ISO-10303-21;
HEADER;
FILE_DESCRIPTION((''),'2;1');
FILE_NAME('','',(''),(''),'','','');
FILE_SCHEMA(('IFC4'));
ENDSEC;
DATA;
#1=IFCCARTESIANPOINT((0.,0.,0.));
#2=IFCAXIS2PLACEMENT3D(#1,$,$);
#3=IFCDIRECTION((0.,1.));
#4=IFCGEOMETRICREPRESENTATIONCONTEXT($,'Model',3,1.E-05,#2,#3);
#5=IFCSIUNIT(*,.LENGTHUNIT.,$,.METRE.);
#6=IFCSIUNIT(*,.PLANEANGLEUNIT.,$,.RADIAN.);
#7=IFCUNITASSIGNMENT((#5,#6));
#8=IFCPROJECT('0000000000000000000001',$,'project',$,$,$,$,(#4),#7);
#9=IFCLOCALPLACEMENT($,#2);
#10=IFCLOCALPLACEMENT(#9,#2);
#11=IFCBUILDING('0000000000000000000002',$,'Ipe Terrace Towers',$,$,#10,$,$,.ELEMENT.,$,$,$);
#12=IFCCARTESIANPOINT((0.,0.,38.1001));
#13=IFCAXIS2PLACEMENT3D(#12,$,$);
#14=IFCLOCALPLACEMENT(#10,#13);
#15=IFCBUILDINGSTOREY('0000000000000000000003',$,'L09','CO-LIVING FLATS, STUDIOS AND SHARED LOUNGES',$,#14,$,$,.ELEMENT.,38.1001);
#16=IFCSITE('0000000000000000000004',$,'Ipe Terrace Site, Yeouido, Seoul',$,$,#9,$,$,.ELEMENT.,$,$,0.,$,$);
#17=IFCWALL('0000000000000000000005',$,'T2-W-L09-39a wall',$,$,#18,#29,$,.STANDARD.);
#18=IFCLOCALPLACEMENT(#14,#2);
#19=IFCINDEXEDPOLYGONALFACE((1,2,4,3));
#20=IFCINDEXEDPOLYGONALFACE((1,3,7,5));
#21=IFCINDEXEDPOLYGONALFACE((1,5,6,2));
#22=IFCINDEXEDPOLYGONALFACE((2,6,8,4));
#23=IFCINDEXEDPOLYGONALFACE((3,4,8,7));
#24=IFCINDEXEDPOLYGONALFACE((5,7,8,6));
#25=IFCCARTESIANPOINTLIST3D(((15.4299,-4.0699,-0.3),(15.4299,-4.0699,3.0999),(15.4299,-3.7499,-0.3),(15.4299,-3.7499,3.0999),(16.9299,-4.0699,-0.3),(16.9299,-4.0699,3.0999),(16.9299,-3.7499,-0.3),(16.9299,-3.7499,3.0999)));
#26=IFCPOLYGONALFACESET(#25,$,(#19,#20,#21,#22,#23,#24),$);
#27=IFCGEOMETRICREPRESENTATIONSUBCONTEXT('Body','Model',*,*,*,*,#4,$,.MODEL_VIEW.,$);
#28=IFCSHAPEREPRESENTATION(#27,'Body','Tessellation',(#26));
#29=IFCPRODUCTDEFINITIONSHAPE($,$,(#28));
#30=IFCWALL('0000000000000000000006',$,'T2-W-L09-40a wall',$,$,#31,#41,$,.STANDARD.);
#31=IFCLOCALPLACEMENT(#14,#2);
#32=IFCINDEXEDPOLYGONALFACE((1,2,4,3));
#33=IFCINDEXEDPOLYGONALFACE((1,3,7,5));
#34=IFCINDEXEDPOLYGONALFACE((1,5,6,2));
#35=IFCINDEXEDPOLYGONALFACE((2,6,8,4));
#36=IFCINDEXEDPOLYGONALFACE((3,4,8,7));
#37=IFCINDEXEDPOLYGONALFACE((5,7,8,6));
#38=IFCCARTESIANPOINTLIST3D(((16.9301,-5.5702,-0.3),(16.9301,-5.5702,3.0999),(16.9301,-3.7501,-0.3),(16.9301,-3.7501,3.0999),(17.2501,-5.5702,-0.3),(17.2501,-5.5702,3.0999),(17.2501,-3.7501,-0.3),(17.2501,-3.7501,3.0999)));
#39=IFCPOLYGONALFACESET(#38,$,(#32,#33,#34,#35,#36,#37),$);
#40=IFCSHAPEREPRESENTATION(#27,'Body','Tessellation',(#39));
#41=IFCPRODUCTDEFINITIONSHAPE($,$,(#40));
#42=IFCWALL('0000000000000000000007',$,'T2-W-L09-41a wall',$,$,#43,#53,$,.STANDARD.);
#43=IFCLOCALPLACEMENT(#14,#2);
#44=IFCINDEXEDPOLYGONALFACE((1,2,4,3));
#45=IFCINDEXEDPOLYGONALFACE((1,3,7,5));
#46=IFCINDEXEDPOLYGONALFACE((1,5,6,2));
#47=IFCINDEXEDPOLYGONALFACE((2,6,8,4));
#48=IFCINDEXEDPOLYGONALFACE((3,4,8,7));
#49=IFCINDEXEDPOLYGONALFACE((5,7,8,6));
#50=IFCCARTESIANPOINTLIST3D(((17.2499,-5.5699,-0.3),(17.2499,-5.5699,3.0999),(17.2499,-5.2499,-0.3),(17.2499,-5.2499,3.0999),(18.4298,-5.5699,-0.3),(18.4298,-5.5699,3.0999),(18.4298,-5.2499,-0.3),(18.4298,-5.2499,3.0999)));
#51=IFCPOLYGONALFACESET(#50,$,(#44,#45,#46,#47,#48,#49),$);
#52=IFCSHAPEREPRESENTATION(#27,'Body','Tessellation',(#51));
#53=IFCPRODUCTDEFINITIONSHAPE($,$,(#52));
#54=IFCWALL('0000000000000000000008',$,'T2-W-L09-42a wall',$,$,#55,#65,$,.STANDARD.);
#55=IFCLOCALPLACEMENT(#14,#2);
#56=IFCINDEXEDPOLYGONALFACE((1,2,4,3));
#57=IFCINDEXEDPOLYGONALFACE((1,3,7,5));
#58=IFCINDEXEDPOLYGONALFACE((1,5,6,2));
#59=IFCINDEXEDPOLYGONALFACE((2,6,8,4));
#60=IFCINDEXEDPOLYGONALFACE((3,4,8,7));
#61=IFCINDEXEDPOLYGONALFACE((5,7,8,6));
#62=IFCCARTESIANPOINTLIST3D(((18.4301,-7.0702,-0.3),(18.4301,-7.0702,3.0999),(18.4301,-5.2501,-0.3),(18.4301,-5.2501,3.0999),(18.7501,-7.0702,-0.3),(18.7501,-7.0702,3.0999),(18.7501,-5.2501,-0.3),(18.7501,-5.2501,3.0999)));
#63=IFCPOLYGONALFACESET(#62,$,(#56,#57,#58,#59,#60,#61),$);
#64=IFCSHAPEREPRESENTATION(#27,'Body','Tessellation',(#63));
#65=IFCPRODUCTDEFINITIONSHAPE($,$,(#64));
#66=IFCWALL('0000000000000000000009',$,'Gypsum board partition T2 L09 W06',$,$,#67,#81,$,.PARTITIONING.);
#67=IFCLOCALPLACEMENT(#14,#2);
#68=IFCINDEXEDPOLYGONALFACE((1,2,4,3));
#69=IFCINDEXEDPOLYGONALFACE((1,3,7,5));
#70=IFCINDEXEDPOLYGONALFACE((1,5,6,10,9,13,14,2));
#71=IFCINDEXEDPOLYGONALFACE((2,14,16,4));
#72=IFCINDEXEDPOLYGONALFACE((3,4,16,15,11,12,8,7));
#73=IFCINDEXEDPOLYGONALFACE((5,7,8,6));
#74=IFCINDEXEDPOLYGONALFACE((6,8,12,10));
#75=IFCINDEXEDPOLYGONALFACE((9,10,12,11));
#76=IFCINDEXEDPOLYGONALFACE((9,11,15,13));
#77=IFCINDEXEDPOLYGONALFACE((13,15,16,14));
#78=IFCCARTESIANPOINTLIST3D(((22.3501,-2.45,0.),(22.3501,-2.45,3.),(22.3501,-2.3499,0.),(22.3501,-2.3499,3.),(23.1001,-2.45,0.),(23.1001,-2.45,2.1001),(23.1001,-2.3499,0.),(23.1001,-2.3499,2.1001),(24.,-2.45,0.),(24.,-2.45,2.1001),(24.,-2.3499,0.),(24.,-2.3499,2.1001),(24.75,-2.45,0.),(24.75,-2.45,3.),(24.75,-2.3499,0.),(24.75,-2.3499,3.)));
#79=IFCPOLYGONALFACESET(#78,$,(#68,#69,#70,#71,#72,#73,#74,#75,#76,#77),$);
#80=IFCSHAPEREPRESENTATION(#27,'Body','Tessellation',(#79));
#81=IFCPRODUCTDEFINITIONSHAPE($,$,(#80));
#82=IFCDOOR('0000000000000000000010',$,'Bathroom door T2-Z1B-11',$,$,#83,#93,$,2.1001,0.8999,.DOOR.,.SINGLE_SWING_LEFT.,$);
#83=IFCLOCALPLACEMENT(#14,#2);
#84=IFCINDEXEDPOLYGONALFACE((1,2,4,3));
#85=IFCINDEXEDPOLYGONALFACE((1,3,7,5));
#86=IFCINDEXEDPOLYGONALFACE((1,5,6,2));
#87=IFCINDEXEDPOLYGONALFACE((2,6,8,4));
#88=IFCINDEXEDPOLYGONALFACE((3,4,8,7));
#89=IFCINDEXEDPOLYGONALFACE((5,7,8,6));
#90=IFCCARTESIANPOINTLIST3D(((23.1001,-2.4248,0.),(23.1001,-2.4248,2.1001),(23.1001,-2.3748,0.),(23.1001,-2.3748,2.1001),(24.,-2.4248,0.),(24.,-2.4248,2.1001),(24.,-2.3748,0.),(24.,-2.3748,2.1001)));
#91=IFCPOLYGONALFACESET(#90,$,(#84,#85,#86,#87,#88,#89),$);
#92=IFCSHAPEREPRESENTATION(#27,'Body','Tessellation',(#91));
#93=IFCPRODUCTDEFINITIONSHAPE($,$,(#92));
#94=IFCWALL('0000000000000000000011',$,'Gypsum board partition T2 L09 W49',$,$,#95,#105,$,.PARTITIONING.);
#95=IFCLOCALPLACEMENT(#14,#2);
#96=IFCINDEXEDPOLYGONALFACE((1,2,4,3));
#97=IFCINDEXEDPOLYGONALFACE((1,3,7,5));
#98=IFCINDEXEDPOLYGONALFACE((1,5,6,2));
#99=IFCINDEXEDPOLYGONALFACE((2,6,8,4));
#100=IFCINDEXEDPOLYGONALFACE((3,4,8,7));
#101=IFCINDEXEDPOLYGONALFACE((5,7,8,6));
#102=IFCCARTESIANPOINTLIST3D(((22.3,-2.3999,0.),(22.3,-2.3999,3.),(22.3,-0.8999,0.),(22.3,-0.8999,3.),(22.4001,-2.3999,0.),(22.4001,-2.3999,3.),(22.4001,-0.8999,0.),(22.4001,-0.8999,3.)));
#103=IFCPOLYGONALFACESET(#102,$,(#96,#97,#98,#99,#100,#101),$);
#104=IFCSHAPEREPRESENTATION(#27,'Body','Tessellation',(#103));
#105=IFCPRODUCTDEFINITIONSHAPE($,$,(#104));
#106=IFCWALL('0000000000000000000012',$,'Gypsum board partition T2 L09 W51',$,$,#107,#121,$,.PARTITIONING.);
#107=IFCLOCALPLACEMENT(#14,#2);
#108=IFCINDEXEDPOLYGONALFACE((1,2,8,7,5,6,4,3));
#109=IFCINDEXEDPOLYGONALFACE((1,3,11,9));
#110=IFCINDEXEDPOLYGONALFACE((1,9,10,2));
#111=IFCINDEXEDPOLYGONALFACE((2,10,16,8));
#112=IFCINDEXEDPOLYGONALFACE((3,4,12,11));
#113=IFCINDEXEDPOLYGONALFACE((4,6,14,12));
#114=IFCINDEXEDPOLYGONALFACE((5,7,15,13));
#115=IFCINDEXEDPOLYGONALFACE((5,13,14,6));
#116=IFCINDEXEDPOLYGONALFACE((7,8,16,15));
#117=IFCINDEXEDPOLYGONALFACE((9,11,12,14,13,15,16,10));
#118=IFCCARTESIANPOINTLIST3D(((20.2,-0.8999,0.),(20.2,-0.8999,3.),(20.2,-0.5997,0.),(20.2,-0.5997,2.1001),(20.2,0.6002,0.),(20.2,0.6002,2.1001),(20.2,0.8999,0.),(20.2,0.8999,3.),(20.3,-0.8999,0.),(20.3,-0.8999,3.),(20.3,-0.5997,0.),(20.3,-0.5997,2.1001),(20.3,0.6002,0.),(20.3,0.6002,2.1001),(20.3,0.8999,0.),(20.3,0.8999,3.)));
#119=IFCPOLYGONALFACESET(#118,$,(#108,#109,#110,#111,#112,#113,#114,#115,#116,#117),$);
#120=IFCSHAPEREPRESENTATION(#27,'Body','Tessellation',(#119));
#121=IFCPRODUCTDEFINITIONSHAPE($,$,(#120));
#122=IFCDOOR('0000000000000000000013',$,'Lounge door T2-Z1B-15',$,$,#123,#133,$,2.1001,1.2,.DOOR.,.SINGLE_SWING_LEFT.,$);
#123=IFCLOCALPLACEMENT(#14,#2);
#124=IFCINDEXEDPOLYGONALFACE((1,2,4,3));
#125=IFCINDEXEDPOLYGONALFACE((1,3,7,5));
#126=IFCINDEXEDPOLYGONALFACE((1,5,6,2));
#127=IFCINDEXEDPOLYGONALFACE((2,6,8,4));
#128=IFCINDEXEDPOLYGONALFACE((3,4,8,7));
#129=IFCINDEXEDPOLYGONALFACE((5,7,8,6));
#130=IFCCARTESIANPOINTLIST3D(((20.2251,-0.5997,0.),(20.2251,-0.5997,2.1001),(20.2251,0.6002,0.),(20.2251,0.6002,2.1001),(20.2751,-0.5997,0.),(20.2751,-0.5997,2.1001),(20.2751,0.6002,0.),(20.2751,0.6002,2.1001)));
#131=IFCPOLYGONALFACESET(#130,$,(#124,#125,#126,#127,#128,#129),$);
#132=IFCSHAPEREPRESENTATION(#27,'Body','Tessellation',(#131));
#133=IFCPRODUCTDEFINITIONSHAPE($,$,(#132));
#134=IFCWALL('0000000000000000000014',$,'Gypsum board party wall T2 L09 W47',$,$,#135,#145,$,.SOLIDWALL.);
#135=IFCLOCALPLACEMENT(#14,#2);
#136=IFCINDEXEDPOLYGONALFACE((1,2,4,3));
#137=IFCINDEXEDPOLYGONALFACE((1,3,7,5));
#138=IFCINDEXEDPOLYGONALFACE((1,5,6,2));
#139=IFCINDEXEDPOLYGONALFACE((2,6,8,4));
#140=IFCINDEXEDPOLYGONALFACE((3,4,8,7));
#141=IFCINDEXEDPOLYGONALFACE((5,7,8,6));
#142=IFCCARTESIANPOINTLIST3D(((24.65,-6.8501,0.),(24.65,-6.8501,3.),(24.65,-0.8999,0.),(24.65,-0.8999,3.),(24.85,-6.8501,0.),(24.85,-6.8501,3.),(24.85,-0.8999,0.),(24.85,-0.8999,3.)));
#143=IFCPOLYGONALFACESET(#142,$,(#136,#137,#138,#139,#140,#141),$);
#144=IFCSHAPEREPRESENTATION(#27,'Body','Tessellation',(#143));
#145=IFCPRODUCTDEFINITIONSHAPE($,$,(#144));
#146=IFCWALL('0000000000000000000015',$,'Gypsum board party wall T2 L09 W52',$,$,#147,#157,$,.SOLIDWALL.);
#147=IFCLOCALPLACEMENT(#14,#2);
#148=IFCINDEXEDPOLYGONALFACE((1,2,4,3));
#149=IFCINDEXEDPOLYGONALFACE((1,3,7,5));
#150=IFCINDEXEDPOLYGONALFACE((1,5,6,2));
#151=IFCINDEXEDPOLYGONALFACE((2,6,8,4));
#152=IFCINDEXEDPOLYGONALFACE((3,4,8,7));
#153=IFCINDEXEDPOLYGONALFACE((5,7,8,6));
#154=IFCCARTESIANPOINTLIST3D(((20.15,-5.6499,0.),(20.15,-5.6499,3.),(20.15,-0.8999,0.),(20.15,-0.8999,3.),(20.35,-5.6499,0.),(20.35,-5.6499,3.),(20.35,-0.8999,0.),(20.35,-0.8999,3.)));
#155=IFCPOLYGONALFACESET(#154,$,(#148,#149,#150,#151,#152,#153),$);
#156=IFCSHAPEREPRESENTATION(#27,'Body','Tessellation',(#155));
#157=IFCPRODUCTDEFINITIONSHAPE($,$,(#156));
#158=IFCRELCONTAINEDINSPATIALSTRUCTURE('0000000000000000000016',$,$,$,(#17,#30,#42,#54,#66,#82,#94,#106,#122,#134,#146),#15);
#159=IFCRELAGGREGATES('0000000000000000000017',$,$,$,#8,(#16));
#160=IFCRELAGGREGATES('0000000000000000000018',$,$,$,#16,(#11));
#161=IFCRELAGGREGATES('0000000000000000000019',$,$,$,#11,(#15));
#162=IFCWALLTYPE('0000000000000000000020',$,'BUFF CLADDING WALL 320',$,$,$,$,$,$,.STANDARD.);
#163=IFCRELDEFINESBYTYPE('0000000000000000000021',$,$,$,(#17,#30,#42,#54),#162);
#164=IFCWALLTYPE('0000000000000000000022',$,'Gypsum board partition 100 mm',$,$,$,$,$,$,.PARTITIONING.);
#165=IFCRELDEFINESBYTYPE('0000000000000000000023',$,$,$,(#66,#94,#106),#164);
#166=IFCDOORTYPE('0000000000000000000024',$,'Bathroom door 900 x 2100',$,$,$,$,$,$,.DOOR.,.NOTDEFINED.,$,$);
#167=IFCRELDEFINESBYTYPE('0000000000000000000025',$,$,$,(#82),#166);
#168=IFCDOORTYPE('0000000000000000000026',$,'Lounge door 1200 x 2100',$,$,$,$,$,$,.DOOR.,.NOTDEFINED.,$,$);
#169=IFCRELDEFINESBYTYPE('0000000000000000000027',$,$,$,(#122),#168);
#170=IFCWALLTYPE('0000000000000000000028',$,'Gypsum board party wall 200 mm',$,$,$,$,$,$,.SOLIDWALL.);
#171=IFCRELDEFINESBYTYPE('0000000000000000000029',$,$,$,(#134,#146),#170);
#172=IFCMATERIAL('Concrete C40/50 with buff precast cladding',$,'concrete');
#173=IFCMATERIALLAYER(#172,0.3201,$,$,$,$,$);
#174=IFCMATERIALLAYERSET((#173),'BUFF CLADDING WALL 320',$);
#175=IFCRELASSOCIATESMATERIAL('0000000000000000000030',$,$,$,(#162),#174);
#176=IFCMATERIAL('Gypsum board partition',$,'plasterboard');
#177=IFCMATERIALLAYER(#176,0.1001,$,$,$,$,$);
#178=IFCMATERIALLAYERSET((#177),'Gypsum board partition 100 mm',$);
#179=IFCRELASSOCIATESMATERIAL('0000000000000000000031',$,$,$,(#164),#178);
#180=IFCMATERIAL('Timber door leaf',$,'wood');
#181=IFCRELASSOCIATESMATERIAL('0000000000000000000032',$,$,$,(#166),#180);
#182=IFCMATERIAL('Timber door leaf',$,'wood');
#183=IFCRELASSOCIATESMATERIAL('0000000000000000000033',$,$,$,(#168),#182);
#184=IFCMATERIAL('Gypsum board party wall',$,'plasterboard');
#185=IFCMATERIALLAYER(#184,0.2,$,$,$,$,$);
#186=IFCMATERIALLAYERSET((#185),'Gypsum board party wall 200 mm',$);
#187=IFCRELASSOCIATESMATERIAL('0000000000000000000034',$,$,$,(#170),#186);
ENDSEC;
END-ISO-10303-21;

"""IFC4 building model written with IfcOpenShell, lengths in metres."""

from ifc_helpers import new_model, si_unit, direction, frame, frame_2d, origin, place, context, subcontext, project, spatial, rectangle, extrude, material, layer, layer_set, type_object, element, fill, save


model = new_model("IFC4")

# Units and contexts
model_context = context("Model", 3, precision=1e-05, world=origin(), true_north=direction((0.0, 1.0)))
body_context = subcontext(model_context, "Body", "Model", "MODEL_VIEW")
ifc_project = project(units=[si_unit("LENGTHUNIT", "METRE"), si_unit("PLANEANGLEUNIT", "RADIAN")], contexts=[model_context])

# Site, building, storey
site_placement = place(None, origin())
site = spatial("IfcSite", under=ifc_project, at=site_placement, Name="Ipe Terrace Site, Yeouido, Seoul", CompositionType="ELEMENT", RefElevation=0.0)
building_placement = place(site_placement, origin())
building = spatial("IfcBuilding", under=site, at=building_placement, Name="Ipe Terrace Towers", CompositionType="ELEMENT")
storey_placement = place(building_placement, frame((0.0, 0.0, 38.1001)))
storey = spatial("IfcBuildingStorey", under=building, at=storey_placement, Name="L09", Description="CO-LIVING FLATS, STUDIOS AND SHARED LOUNGES", CompositionType="ELEMENT", Elevation=38.1001)

# Walls
ifc_material_1 = material(Name="Concrete C40/50 with buff precast cladding", Category="concrete")
ifc_layer_1 = layer(ifc_material_1, 0.3201)
ifc_layer_set_1 = layer_set([ifc_layer_1], Name="BUFF CLADDING WALL 320")
wall_type_1 = type_object("IfcWallType", Name="BUFF CLADDING WALL 320", PredefinedType="STANDARD", material=ifc_layer_set_1)
wall_1_placement = place(storey_placement, frame((15.4299, -3.9099, -0.3), z_axis=(0.0, 0.0, 1.0), x_axis=(1.0, 0.0, 0.0)))
element("IfcWall", 1, at=wall_1_placement, inside=storey, type_object=wall_type_1, Name="T2-W-L09-39a wall", PredefinedType="STANDARD", context=body_context, shape_type="SweptSolid", body=[
    extrude(rectangle(XDim=1.5, YDim=0.3201, at=frame_2d((0.75, 0.0))), origin(), (0.0, 0.0, 1.0), 3.3999),
])
wall_2_placement = place(storey_placement, frame((17.0901, -3.75, -0.3), z_axis=(0.0, 0.0, 1.0), x_axis=(0.0, -1.0, 0.0)))
element("IfcWall", 2, at=wall_2_placement, inside=storey, type_object=wall_type_1, Name="T2-W-L09-40a wall", PredefinedType="STANDARD", context=body_context, shape_type="SweptSolid", body=[
    extrude(rectangle(XDim=1.8201, YDim=0.3201, at=frame_2d((0.9102, 0.0))), origin(), (0.0, 0.0, 1.0), 3.3999),
])
wall_3_placement = place(storey_placement, frame((17.25, -5.4099, -0.3), z_axis=(0.0, 0.0, 1.0), x_axis=(1.0, 0.0, 0.0)))
element("IfcWall", 3, at=wall_3_placement, inside=storey, type_object=wall_type_1, Name="T2-W-L09-41a wall", PredefinedType="STANDARD", context=body_context, shape_type="SweptSolid", body=[
    extrude(rectangle(XDim=1.1799, YDim=0.3201, at=frame_2d((0.5898, 0.0))), origin(), (0.0, 0.0, 1.0), 3.3999),
])
wall_4_placement = place(storey_placement, frame((18.5901, -5.25, -0.3), z_axis=(0.0, 0.0, 1.0), x_axis=(0.0, -1.0, 0.0)))
element("IfcWall", 4, at=wall_4_placement, inside=storey, type_object=wall_type_1, Name="T2-W-L09-42a wall", PredefinedType="STANDARD", context=body_context, shape_type="SweptSolid", body=[
    extrude(rectangle(XDim=1.8201, YDim=0.3201, at=frame_2d((0.9102, 0.0))), origin(), (0.0, 0.0, 1.0), 3.3999),
])

# Wall, opening, door
ifc_material_2 = material(Name="Gypsum board partition", Category="plasterboard")
ifc_layer_2 = layer(ifc_material_2, 0.1001)
ifc_layer_set_2 = layer_set([ifc_layer_2], Name="Gypsum board partition 100 mm")
wall_type_2 = type_object("IfcWallType", Name="Gypsum board partition 100 mm", PredefinedType="PARTITIONING", material=ifc_layer_set_2)
wall_5_placement = place(storey_placement, frame((24.75, -2.3999, 0.0), z_axis=(0.0, 0.0, 1.0), x_axis=(-1.0, 0.0, 0.0)))
wall_5 = element("IfcWall", 5, at=wall_5_placement, inside=storey, type_object=wall_type_2, Name="Gypsum board partition T2 L09 W06", PredefinedType="PARTITIONING", context=body_context, shape_type="SweptSolid", body=[
    extrude(rectangle(XDim=2.3999, YDim=0.1001, at=frame_2d((1.2, 0.0))), origin(), (0.0, 0.0, 1.0), 3.0),
])
opening_1_placement = place(wall_5_placement, frame((0.75, 0.0, 0.0)))
opening_1 = element("IfcOpeningElement", 6, at=opening_1_placement, cuts=wall_5, PredefinedType="OPENING", context=body_context, shape_type="SweptSolid", body=[
    extrude(rectangle(XDim=0.8999, YDim=2.1001, at=frame_2d((0.45, 1.05))), frame((0.0, 0.0601, 0.0), z_axis=(0.0, -1.0, 0.0), x_axis=(1.0, 0.0, 0.0)), (0.0, 0.0, 1.0), 0.1201),
])
ifc_material_3 = material(Name="Timber door leaf", Category="wood")
door_type_1 = type_object("IfcDoorType", Name="Bathroom door 900 x 2100", OperationType="NOTDEFINED", PredefinedType="DOOR", material=ifc_material_3)
door_1_placement = place(opening_1_placement, origin())
door_1 = element("IfcDoor", 7, at=door_1_placement, inside=storey, type_object=door_type_1, Name="Bathroom door T2-Z1B-11", OperationType="SINGLE_SWING_LEFT", OverallHeight=2.1001, OverallWidth=0.8999, PredefinedType="DOOR", context=body_context, shape_type="SweptSolid", body=[
    extrude(rectangle(XDim=0.8999, YDim=2.1001, at=frame_2d((0.45, 1.05))), frame((0.0, 0.0249, 0.0), z_axis=(0.0, -1.0, 0.0), x_axis=(1.0, 0.0, 0.0)), (0.0, 0.0, 1.0), 0.05),
])
fill(opening_1, door_1)

# Wall
wall_6_placement = place(storey_placement, frame((22.3501, -2.3999, 0.0), z_axis=(0.0, 0.0, 1.0), x_axis=(0.0, 1.0, 0.0)))
element("IfcWall", 8, at=wall_6_placement, inside=storey, type_object=wall_type_2, Name="Gypsum board partition T2 L09 W49", PredefinedType="PARTITIONING", context=body_context, shape_type="SweptSolid", body=[
    extrude(rectangle(XDim=1.5, YDim=0.1001, at=frame_2d((0.75, 0.0))), origin(), (0.0, 0.0, 1.0), 3.0),
])

# Wall, opening, door
wall_7_placement = place(storey_placement, frame((20.25, -0.8999, 0.0), z_axis=(0.0, 0.0, 1.0), x_axis=(0.0, 1.0, 0.0)))
wall_7 = element("IfcWall", 9, at=wall_7_placement, inside=storey, type_object=wall_type_2, Name="Gypsum board partition T2 L09 W51", PredefinedType="PARTITIONING", context=body_context, shape_type="SweptSolid", body=[
    extrude(rectangle(XDim=1.7998, YDim=0.1001, at=frame_2d((0.8999, 0.0))), origin(), (0.0, 0.0, 1.0), 3.0),
])
opening_2_placement = place(wall_7_placement, frame((0.3, 0.0, 0.0)))
opening_2 = element("IfcOpeningElement", 10, at=opening_2_placement, cuts=wall_7, PredefinedType="OPENING", context=body_context, shape_type="SweptSolid", body=[
    extrude(rectangle(XDim=1.2, YDim=2.1001, at=frame_2d((0.6001, 1.05))), frame((0.0, 0.0601, 0.0), z_axis=(0.0, -1.0, 0.0), x_axis=(1.0, 0.0, 0.0)), (0.0, 0.0, 1.0), 0.1201),
])
ifc_material_4 = material(Name="Timber door leaf", Category="wood")
door_type_2 = type_object("IfcDoorType", Name="Lounge door 1200 x 2100", OperationType="NOTDEFINED", PredefinedType="DOOR", material=ifc_material_4)
door_2_placement = place(opening_2_placement, origin())
door_2 = element("IfcDoor", 11, at=door_2_placement, inside=storey, type_object=door_type_2, Name="Lounge door T2-Z1B-15", OperationType="SINGLE_SWING_LEFT", OverallHeight=2.1001, OverallWidth=1.2, PredefinedType="DOOR", context=body_context, shape_type="SweptSolid", body=[
    extrude(rectangle(XDim=1.2, YDim=2.1001, at=frame_2d((0.6001, 1.05))), frame((0.0, 0.0249, 0.0), z_axis=(0.0, -1.0, 0.0), x_axis=(1.0, 0.0, 0.0)), (0.0, 0.0, 1.0), 0.05),
])
fill(opening_2, door_2)

# Walls
ifc_material_5 = material(Name="Gypsum board party wall", Category="plasterboard")
ifc_layer_3 = layer(ifc_material_5, 0.2)
ifc_layer_set_3 = layer_set([ifc_layer_3], Name="Gypsum board party wall 200 mm")
wall_type_3 = type_object("IfcWallType", Name="Gypsum board party wall 200 mm", PredefinedType="SOLIDWALL", material=ifc_layer_set_3)
wall_8_placement = place(storey_placement, frame((24.75, -6.8501, 0.0), z_axis=(0.0, 0.0, 1.0), x_axis=(0.0, 1.0, 0.0)))
element("IfcWall", 12, at=wall_8_placement, inside=storey, type_object=wall_type_3, Name="Gypsum board party wall T2 L09 W47", PredefinedType="SOLIDWALL", context=body_context, shape_type="SweptSolid", body=[
    extrude(rectangle(XDim=5.9502, YDim=0.2, at=frame_2d((2.9751, 0.0))), origin(), (0.0, 0.0, 1.0), 3.0),
])
wall_9_placement = place(storey_placement, frame((20.25, -5.6499, 0.0), z_axis=(0.0, 0.0, 1.0), x_axis=(0.0, 1.0, 0.0)))
element("IfcWall", 13, at=wall_9_placement, inside=storey, type_object=wall_type_3, Name="Gypsum board party wall T2 L09 W52", PredefinedType="SOLIDWALL", context=body_context, shape_type="SweptSolid", body=[
    extrude(rectangle(XDim=4.75, YDim=0.2, at=frame_2d((2.375, 0.0))), origin(), (0.0, 0.0, 1.0), 3.0),
])

save(model, "model.ifc")
